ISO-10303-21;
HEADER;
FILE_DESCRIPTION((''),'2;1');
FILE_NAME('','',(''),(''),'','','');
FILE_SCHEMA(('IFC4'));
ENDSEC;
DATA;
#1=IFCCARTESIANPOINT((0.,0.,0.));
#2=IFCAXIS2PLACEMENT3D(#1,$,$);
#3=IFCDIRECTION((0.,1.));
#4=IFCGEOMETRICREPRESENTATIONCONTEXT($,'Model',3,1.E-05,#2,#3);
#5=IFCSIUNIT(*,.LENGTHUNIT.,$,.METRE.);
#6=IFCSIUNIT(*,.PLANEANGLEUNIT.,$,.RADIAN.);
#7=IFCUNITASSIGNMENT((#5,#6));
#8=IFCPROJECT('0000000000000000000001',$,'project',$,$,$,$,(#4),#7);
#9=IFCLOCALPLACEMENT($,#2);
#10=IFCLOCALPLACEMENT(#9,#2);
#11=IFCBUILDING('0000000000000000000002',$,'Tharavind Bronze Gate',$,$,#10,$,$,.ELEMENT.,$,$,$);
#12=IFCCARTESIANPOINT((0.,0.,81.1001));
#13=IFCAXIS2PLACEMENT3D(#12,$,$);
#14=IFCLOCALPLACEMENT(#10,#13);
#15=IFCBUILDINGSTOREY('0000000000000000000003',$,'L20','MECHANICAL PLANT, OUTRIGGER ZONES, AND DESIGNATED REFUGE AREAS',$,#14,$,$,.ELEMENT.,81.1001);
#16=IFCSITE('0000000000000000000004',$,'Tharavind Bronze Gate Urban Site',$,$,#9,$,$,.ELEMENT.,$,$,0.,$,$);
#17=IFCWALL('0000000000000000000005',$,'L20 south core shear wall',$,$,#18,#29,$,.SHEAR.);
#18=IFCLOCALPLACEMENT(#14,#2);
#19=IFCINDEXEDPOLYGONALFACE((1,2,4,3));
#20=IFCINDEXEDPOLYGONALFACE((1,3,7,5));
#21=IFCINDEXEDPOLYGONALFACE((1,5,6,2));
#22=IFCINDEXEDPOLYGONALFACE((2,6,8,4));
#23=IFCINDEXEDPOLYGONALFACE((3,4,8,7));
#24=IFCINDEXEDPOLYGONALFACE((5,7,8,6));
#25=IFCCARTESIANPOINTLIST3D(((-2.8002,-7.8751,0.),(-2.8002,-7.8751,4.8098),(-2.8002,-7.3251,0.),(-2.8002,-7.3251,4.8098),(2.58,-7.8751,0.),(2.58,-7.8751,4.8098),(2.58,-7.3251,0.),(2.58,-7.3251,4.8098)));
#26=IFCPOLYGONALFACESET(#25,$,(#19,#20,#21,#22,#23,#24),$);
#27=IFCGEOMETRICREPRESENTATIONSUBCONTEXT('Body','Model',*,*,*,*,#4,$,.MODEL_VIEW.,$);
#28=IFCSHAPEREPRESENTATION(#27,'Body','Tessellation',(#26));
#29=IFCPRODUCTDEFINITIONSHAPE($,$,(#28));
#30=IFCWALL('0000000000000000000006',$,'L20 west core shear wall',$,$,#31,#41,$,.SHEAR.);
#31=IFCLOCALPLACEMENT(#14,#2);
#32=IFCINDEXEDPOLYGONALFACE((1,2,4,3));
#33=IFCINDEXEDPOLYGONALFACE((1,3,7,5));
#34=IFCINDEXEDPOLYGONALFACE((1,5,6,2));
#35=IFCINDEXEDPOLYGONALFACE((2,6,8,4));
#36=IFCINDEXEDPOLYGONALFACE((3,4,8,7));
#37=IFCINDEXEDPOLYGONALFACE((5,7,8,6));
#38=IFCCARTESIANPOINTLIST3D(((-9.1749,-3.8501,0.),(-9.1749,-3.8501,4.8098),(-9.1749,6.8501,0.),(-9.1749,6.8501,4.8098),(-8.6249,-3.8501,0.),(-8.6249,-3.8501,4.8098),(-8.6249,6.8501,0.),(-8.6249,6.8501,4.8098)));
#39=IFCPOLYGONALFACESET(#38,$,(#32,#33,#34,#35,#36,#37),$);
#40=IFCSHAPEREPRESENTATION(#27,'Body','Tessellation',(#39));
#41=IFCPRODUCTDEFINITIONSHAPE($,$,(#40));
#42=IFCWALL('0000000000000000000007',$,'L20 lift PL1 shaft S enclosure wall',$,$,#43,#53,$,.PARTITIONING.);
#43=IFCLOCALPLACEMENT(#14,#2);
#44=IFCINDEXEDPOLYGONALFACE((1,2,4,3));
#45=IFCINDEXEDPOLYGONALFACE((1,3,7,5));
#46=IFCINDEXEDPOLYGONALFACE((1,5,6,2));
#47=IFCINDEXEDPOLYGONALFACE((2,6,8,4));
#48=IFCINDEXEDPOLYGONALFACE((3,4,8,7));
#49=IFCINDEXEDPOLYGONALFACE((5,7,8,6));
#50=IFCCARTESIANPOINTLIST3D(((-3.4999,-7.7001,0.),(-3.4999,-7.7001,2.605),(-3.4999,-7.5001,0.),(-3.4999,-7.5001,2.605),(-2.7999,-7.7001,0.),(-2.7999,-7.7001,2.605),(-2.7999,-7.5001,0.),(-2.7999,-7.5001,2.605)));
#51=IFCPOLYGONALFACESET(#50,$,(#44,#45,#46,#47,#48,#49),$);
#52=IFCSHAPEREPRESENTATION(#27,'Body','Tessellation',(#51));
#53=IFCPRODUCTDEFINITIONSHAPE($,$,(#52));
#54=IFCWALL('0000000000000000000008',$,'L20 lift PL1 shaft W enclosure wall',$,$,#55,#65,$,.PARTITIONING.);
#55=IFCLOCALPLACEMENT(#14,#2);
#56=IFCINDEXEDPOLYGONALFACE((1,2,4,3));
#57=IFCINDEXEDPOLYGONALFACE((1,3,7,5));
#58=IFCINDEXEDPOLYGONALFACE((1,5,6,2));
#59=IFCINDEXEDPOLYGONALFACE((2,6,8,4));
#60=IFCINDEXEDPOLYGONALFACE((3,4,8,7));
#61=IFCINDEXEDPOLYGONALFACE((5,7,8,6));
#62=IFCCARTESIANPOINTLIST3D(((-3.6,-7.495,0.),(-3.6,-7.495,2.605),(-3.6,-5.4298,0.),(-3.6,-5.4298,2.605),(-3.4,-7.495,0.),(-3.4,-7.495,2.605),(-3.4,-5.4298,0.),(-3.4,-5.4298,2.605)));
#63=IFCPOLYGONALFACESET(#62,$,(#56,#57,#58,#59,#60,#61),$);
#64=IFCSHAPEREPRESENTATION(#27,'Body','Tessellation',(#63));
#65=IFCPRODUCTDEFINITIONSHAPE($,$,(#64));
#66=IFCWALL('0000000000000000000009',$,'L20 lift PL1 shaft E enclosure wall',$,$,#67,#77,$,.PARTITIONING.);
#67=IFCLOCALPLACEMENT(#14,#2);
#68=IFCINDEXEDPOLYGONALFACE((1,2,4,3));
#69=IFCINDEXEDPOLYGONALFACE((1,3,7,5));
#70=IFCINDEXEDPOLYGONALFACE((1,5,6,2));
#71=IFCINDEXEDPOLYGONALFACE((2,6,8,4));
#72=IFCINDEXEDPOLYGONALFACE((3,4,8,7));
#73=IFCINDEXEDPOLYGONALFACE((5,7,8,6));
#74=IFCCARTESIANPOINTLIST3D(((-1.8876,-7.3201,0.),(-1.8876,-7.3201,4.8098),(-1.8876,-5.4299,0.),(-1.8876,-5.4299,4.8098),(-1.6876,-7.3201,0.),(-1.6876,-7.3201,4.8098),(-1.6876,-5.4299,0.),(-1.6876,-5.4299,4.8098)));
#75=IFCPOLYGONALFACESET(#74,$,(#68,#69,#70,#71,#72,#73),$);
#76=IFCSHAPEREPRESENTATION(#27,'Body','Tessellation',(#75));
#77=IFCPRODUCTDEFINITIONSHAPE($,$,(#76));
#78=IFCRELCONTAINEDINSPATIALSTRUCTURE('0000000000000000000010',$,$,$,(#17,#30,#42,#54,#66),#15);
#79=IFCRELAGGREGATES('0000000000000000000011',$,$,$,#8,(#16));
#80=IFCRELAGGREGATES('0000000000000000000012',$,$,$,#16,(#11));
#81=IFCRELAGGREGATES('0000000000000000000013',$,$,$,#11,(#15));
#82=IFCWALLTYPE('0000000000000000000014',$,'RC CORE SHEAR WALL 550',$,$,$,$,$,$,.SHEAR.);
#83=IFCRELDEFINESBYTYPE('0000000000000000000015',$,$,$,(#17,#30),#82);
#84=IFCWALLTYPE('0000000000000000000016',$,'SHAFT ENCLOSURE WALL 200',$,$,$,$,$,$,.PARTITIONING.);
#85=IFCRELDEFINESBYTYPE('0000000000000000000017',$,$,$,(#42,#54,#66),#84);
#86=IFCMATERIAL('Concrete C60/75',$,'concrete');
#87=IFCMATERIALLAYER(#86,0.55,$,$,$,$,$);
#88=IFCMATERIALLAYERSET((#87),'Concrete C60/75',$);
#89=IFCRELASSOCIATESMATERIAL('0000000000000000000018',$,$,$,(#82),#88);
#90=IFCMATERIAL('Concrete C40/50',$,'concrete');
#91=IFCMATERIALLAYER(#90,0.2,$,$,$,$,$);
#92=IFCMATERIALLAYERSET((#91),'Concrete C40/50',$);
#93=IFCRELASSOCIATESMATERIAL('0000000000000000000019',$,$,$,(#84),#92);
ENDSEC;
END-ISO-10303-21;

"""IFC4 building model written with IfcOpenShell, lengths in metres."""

from ifc_helpers import new_model, si_unit, direction, frame, frame_2d, origin, place, context, subcontext, project, spatial, rectangle, extrude, material, layer, layer_set, type_object, element, save


model = new_model("IFC4")

# Units and contexts
model_context = context("Model", 3, precision=1e-05, world=origin(), true_north=direction((0.0, 1.0)))
body_context = subcontext(model_context, "Body", "Model", "MODEL_VIEW")
ifc_project = project(units=[si_unit("LENGTHUNIT", "METRE"), si_unit("PLANEANGLEUNIT", "RADIAN")], contexts=[model_context])

# Site, building, storey
site_placement = place(None, origin())
site = spatial("IfcSite", under=ifc_project, at=site_placement, Name="Tharavind Bronze Gate Urban Site", CompositionType="ELEMENT", RefElevation=0.0)
building_placement = place(site_placement, origin())
building = spatial("IfcBuilding", under=site, at=building_placement, Name="Tharavind Bronze Gate", CompositionType="ELEMENT")
storey_placement = place(building_placement, frame((0.0, 0.0, 81.1001)))
storey = spatial("IfcBuildingStorey", under=building, at=storey_placement, Name="L20", Description="MECHANICAL PLANT, OUTRIGGER ZONES, AND DESIGNATED REFUGE AREAS", CompositionType="ELEMENT", Elevation=81.1001)

# Walls
ifc_material_1 = material(Name="Concrete C60/75", Category="concrete")
ifc_layer_1 = layer(ifc_material_1, 0.55)
ifc_layer_set_1 = layer_set([ifc_layer_1], Name="Concrete C60/75")
wall_type_1 = type_object("IfcWallType", Name="RC CORE SHEAR WALL 550", PredefinedType="SHEAR", material=ifc_layer_set_1)
wall_1_placement = place(storey_placement, frame((-2.8, -7.6001, 0.0), z_axis=(0.0, 0.0, 1.0), x_axis=(1.0, 0.0, 0.0)))
element("IfcWall", 1, at=wall_1_placement, inside=storey, type_object=wall_type_1, Name="L20 south core shear wall", PredefinedType="SHEAR", context=body_context, shape_type="SweptSolid", body=[
    extrude(rectangle(XDim=5.3801, YDim=0.55, at=frame_2d((2.6899, 0.0))), origin(), (0.0, 0.0, 1.0), 4.8098),
])
wall_2_placement = place(storey_placement, frame((-8.8999, -3.8501, 0.0), z_axis=(0.0, 0.0, 1.0), x_axis=(0.0, 1.0, 0.0)))
element("IfcWall", 2, at=wall_2_placement, inside=storey, type_object=wall_type_1, Name="L20 west core shear wall", PredefinedType="SHEAR", context=body_context, shape_type="SweptSolid", body=[
    extrude(rectangle(XDim=10.7002, YDim=0.55, at=frame_2d((5.3501, 0.0))), origin(), (0.0, 0.0, 1.0), 4.8098),
])
ifc_material_2 = material(Name="Concrete C40/50", Category="concrete")
ifc_layer_2 = layer(ifc_material_2, 0.2)
ifc_layer_set_2 = layer_set([ifc_layer_2], Name="Concrete C40/50")
wall_type_2 = type_object("IfcWallType", Name="SHAFT ENCLOSURE WALL 200", PredefinedType="PARTITIONING", material=ifc_layer_set_2)
wall_3_placement = place(storey_placement, frame((-3.5, -7.6001, 0.0), z_axis=(0.0, 0.0, 1.0), x_axis=(1.0, 0.0, 0.0)))
element("IfcWall", 3, at=wall_3_placement, inside=storey, type_object=wall_type_2, Name="L20 lift PL1 shaft S enclosure wall", PredefinedType="PARTITIONING", context=body_context, shape_type="SweptSolid", body=[
    extrude(rectangle(XDim=0.7, YDim=0.2, at=frame_2d((0.3501, 0.0))), origin(), (0.0, 0.0, 1.0), 2.605),
])
wall_4_placement = place(storey_placement, frame((-3.5, -7.4951, 0.0), z_axis=(0.0, 0.0, 1.0), x_axis=(0.0, 1.0, 0.0)))
element("IfcWall", 4, at=wall_4_placement, inside=storey, type_object=wall_type_2, Name="L20 lift PL1 shaft W enclosure wall", PredefinedType="PARTITIONING", context=body_context, shape_type="SweptSolid", body=[
    extrude(rectangle(XDim=2.0652, YDim=0.2, at=frame_2d((1.0327, 0.0))), origin(), (0.0, 0.0, 1.0), 2.605),
])
wall_5_placement = place(storey_placement, frame((-1.7876, -7.3201, 0.0), z_axis=(0.0, 0.0, 1.0), x_axis=(0.0, 1.0, 0.0)))
element("IfcWall", 5, at=wall_5_placement, inside=storey, type_object=wall_type_2, Name="L20 lift PL1 shaft E enclosure wall", PredefinedType="PARTITIONING", context=body_context, shape_type="SweptSolid", body=[
    extrude(rectangle(XDim=1.8901, YDim=0.2, at=frame_2d((0.9451, 0.0))), origin(), (0.0, 0.0, 1.0), 4.8098),
])

save(model, "model.ifc")
